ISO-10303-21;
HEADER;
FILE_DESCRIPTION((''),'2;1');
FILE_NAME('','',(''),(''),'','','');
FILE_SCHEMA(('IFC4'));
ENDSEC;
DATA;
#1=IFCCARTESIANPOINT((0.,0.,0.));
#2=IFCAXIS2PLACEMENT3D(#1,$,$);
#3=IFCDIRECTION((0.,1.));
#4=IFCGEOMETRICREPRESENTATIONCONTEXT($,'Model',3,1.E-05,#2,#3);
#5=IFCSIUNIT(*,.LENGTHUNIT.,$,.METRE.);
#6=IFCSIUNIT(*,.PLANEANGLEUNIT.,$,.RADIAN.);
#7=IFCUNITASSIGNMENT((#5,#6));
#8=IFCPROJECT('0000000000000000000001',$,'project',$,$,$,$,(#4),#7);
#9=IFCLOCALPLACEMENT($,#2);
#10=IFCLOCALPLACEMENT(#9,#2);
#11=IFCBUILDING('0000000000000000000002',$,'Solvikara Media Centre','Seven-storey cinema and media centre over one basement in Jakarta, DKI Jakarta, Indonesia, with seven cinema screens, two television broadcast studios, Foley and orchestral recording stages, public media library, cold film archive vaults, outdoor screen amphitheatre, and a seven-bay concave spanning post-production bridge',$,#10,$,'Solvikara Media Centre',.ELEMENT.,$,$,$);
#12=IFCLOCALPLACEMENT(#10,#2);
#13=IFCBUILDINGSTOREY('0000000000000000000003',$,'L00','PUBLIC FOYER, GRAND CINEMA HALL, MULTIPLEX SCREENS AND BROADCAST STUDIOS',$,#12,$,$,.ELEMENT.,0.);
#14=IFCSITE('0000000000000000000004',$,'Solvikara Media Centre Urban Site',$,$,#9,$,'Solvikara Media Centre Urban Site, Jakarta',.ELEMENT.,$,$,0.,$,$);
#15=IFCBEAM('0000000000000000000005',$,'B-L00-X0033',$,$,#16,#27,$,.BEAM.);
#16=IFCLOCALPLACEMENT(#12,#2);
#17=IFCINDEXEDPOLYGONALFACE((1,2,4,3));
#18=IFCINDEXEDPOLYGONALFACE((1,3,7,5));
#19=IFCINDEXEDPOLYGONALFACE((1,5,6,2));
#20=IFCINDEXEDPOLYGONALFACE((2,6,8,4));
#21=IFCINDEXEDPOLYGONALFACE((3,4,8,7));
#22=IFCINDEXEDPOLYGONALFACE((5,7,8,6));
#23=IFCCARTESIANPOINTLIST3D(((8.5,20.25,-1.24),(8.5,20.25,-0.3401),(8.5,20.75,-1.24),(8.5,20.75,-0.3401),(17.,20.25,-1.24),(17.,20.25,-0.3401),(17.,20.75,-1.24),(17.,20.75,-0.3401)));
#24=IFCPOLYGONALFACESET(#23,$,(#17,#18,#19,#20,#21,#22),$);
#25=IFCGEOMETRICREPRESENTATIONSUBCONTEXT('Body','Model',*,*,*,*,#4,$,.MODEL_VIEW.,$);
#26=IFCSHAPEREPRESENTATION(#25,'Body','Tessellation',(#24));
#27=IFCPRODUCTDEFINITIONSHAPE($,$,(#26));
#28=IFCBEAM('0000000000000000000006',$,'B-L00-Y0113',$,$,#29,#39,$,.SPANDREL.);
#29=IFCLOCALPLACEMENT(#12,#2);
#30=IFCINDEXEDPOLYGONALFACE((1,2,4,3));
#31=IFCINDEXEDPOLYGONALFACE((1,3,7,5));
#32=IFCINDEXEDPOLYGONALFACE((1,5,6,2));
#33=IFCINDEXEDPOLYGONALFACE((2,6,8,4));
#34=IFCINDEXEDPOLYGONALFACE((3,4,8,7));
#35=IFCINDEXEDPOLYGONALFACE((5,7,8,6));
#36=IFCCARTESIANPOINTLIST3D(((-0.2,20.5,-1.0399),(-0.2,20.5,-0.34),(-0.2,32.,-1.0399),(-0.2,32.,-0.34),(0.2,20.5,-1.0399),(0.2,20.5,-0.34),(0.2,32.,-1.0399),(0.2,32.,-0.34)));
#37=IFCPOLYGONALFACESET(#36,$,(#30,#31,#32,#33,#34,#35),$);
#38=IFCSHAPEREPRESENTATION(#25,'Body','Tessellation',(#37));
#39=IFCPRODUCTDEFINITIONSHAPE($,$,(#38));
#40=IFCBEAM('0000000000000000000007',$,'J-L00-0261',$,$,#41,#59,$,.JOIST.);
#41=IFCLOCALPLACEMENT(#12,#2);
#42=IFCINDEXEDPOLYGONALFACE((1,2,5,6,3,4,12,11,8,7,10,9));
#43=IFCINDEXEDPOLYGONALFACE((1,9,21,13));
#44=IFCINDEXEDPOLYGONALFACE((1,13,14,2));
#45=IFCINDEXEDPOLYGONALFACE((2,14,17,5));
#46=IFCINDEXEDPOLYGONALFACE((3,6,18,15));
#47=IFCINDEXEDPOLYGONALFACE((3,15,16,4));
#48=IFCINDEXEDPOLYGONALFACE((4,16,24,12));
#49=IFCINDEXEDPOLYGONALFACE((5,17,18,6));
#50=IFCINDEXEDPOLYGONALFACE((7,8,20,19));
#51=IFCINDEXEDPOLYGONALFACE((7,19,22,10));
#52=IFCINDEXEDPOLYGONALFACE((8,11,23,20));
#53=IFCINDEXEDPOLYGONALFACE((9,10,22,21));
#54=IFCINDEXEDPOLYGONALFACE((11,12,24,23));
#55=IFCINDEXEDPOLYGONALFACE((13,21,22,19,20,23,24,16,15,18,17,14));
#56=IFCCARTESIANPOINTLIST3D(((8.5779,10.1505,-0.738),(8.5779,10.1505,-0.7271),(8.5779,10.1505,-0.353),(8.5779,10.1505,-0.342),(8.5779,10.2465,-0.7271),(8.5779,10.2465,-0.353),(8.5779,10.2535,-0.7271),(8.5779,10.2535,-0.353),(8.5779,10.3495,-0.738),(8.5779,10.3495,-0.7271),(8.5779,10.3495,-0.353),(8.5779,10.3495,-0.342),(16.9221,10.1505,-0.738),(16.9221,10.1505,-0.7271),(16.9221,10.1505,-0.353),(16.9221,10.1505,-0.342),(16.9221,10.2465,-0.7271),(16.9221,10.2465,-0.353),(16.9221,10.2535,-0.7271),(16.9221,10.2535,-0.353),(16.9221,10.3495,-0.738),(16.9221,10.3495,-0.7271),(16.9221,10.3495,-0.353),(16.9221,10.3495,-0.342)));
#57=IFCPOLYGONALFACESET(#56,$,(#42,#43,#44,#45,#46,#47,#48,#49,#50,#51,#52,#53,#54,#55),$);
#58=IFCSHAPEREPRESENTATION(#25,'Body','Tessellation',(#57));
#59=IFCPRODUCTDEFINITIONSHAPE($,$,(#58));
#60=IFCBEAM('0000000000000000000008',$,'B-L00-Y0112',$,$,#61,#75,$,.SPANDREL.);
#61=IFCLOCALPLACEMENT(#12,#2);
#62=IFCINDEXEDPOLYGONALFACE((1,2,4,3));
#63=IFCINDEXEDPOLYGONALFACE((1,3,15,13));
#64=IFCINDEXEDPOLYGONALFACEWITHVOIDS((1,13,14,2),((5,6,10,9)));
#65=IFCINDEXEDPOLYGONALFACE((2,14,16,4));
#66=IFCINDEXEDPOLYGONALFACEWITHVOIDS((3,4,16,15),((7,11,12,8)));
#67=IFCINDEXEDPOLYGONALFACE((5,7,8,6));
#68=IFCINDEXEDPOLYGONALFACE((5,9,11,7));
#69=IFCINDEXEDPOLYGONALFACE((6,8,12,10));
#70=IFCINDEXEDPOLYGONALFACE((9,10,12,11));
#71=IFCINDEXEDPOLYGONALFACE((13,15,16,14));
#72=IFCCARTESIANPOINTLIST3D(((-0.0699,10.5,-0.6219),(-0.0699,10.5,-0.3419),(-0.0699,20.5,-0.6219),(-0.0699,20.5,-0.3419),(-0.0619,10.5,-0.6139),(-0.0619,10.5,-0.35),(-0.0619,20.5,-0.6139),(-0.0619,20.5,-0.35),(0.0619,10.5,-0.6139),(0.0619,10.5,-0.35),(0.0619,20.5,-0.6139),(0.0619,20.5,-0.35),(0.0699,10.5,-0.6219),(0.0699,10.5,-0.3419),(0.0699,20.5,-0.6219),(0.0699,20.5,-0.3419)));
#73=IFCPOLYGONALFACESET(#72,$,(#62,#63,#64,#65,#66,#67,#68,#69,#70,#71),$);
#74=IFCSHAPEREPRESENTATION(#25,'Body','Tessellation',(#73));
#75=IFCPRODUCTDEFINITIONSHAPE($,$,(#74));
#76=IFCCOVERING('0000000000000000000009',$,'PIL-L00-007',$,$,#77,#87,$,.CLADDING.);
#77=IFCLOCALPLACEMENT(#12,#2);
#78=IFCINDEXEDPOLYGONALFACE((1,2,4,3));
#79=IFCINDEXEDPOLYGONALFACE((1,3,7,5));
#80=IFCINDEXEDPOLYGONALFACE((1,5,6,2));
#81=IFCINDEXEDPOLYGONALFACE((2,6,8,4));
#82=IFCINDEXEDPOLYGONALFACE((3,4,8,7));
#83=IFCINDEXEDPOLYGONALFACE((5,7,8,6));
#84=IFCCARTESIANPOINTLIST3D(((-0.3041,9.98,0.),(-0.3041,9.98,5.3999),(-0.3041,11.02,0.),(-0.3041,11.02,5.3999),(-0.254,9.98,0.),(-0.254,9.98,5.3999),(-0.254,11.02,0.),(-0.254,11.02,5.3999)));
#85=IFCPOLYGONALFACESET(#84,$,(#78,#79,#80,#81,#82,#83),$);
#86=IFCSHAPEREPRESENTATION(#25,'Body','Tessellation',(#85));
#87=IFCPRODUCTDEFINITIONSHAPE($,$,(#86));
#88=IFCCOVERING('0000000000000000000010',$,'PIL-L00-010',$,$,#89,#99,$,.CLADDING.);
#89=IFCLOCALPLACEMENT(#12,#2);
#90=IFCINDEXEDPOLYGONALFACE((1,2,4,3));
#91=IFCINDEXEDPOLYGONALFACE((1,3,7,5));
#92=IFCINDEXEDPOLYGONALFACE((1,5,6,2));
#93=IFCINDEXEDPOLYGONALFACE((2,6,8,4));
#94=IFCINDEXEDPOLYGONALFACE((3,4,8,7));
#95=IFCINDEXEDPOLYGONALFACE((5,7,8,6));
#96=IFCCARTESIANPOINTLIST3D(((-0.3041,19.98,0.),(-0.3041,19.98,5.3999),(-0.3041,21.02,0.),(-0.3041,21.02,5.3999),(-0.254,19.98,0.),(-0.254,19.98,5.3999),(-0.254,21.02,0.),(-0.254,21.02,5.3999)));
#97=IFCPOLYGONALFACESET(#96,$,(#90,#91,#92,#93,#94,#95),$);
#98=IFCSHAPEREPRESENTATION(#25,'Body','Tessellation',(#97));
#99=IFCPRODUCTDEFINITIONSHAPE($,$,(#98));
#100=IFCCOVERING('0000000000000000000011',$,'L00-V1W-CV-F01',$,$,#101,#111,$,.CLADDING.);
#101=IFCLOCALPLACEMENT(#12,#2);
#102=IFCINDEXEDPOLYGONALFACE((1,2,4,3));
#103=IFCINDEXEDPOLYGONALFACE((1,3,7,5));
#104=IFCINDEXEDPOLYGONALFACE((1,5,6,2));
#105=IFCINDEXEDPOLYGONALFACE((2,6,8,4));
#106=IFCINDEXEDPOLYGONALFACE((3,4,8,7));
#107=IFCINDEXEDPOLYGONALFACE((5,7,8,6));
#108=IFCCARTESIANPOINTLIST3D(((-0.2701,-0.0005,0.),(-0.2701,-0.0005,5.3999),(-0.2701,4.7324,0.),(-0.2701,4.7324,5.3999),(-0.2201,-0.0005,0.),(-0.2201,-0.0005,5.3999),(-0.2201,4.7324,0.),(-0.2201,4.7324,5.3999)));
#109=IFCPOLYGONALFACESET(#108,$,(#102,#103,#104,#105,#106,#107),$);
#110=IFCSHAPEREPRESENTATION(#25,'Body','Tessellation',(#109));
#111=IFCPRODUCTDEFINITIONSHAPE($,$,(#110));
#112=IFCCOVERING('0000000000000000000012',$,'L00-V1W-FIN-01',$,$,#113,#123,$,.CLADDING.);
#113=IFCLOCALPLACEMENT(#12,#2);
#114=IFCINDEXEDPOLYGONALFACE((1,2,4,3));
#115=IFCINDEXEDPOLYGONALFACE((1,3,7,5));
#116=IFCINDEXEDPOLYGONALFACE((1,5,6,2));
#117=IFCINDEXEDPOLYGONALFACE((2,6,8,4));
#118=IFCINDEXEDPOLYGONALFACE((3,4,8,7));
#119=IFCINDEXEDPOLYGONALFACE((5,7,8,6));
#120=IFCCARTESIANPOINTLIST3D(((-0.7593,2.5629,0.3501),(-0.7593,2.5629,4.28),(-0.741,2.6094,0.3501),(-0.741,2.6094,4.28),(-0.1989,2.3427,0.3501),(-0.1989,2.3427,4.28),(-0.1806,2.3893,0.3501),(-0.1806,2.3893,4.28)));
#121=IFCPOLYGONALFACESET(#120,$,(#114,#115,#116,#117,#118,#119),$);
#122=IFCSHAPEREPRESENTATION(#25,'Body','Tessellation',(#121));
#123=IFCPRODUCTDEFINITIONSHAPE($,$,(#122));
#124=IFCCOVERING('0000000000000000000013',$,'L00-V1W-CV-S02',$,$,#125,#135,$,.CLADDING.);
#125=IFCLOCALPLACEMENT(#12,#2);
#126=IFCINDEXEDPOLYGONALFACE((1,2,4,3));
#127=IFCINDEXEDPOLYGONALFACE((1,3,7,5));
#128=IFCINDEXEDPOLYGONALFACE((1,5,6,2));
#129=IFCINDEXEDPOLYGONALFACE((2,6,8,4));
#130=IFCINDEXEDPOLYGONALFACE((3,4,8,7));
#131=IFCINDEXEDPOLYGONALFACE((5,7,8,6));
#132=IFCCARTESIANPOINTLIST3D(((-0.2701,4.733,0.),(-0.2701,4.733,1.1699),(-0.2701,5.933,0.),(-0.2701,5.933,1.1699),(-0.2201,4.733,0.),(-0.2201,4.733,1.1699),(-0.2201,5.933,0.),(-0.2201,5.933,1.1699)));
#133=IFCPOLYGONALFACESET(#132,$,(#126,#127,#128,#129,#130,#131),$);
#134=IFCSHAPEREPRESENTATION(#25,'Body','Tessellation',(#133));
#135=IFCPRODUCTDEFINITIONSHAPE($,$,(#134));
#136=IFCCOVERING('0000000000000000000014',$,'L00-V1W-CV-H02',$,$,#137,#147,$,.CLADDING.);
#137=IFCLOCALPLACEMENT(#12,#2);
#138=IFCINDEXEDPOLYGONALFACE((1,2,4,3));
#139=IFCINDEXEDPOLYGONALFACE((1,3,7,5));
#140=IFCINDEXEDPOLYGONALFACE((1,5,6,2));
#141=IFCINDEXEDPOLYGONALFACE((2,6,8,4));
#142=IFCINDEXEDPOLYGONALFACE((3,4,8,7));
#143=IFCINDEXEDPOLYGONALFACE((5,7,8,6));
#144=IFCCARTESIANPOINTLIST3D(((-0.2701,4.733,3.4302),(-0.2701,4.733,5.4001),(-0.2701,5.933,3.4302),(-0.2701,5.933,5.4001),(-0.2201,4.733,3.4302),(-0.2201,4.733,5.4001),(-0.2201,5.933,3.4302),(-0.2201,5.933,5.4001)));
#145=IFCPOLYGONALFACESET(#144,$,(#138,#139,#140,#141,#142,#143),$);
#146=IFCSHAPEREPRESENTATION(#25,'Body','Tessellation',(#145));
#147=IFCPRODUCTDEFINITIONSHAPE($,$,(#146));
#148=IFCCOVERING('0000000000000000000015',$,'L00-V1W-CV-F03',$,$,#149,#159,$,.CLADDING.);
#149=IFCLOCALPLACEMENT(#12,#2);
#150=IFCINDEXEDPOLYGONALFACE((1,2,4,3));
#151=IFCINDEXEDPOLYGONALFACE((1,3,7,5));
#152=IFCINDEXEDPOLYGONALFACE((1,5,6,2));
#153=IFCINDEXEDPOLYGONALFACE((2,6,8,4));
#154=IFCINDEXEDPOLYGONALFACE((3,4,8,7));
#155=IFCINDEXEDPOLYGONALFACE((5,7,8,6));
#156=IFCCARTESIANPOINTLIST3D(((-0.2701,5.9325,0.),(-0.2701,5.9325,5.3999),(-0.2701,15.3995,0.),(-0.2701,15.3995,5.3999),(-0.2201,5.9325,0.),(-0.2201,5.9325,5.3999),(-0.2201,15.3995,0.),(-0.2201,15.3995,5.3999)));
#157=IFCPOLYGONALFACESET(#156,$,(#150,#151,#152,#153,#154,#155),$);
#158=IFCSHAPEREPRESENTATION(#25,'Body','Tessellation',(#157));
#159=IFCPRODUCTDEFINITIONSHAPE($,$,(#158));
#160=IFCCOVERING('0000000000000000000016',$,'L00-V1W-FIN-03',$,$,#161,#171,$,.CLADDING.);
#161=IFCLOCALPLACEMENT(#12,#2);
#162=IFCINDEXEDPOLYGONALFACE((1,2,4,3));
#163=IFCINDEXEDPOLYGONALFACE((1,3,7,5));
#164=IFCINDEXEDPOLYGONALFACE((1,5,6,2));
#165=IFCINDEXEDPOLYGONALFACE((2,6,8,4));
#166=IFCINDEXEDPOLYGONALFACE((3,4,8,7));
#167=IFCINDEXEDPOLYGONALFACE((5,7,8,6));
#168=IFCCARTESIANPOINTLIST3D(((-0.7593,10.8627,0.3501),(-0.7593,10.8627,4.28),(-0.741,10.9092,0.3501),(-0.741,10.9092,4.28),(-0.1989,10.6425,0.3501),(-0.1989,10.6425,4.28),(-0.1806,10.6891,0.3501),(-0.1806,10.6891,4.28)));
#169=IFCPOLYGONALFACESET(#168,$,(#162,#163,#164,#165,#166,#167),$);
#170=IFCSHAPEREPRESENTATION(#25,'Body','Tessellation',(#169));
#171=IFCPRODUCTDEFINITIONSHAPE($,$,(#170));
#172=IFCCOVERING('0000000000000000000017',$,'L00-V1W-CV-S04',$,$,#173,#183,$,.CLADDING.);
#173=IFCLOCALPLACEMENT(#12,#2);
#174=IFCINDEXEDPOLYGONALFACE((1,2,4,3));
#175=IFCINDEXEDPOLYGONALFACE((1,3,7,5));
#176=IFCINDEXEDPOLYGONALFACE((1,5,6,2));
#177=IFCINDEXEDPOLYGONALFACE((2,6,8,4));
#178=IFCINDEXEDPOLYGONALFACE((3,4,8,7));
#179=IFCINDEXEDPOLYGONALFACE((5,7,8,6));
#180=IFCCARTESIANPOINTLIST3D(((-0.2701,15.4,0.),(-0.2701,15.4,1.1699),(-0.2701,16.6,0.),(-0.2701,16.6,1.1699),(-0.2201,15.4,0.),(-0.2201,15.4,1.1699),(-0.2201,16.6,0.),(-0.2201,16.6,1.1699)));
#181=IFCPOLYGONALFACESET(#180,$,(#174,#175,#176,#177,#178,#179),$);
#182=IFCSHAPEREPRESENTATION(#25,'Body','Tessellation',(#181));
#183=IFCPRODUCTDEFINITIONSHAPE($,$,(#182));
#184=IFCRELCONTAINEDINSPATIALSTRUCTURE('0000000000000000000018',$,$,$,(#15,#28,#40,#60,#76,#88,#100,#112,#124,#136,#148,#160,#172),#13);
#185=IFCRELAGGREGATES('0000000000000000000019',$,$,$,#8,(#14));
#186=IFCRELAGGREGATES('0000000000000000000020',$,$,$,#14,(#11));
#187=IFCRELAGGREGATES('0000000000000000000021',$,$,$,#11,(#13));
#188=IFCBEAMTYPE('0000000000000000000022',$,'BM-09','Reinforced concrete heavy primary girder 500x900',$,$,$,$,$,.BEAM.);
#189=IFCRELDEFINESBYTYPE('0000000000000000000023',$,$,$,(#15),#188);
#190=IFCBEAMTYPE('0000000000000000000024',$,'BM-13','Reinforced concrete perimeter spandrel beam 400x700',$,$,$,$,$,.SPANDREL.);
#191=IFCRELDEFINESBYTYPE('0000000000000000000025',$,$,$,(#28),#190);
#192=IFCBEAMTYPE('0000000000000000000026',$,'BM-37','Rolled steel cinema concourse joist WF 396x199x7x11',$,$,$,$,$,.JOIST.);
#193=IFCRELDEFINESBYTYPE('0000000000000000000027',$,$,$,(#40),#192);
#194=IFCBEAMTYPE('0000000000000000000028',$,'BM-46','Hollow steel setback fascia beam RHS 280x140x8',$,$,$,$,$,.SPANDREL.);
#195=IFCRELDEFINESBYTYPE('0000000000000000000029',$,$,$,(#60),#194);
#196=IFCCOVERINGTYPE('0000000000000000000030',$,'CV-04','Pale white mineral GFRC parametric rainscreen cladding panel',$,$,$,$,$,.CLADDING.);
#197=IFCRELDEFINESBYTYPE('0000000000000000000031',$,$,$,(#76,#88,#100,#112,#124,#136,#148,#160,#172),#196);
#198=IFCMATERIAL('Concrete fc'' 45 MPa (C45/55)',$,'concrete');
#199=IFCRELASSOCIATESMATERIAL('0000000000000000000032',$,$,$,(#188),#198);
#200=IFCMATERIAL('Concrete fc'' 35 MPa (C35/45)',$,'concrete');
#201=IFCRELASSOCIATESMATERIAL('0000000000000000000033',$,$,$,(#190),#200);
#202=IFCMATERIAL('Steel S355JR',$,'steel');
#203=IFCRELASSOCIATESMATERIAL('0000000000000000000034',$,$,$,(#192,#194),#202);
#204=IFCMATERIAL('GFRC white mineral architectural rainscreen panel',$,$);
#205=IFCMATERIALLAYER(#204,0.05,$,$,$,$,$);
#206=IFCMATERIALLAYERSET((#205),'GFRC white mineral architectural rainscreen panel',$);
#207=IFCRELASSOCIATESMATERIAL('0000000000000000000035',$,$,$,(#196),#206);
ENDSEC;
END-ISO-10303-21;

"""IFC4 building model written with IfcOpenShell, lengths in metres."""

from ifc_helpers import new_model, si_unit, direction, frame, origin, origin_2d, place, context, subcontext, project, spatial, rectangle, hollow_rectangle, i_section, extrude, material, layer, layer_set, material_profile, profile_set, type_object, element, save


model = new_model("IFC4")

# Units and contexts
model_context = context("Model", 3, precision=1e-05, world=origin(), true_north=direction((0.0, 1.0)))
body_context = subcontext(model_context, "Body", "Model", "MODEL_VIEW")
ifc_project = project(units=[si_unit("LENGTHUNIT", "METRE"), si_unit("PLANEANGLEUNIT", "RADIAN")], contexts=[model_context])

# Site, building, storey
site_placement = place(None, origin())
site = spatial("IfcSite", under=ifc_project, at=site_placement, Name="Solvikara Media Centre Urban Site", LongName="Solvikara Media Centre Urban Site, Jakarta", CompositionType="ELEMENT", RefElevation=0.0)
building_placement = place(site_placement, origin())
building = spatial("IfcBuilding", under=site, at=building_placement, Name="Solvikara Media Centre", Description="Seven-storey cinema and media centre over one basement in Jakarta, DKI Jakarta, Indonesia, with seven cinema screens, two television broadcast studios, Foley and orchestral recording stages, public media library, cold film archive vaults, outdoor screen amphitheatre, and a seven-bay concave spanning post-production bridge", LongName="Solvikara Media Centre", CompositionType="ELEMENT")
storey_placement = place(building_placement, origin())
storey = spatial("IfcBuildingStorey", under=building, at=storey_placement, Name="L00", Description="PUBLIC FOYER, GRAND CINEMA HALL, MULTIPLEX SCREENS AND BROADCAST STUDIOS", CompositionType="ELEMENT", Elevation=0.0)

# Shared definitions
ifc_material_1 = material(Name="Concrete fc' 45 MPa (C45/55)", Category="concrete")
ifc_material_2 = material(Name="Steel S355JR", Category="steel")

# Beams
ifc_material_3 = material(Name="Concrete fc' 35 MPa (C35/45)", Category="concrete")
ifc_material_profile_1 = material_profile(ifc_material_1, rectangle(XDim=0.5, YDim=0.8999, at=origin_2d()), Name="RC 500x900")
ifc_profile_set_1 = profile_set([ifc_material_profile_1], Name="Concrete fc' 45 MPa (C45/55)")
beam_type_1 = type_object("IfcBeamType", Name="BM-09", Description="Reinforced concrete heavy primary girder 500x900", PredefinedType="BEAM", material=ifc_profile_set_1)
beam_1_placement = place(storey_placement, frame((8.5, 20.5, -0.79), z_axis=(1.0, 0.0, 0.0), x_axis=(0.0, 1.0, 0.0)))
element("IfcBeam", 1, at=beam_1_placement, inside=storey, type_object=beam_type_1, Name="B-L00-X0033", PredefinedType="BEAM", context=body_context, shape_type="SweptSolid", body=[
    extrude(rectangle(XDim=0.5, YDim=0.8999, at=origin_2d()), origin(), (0.0, 0.0, 1.0), 8.5),
])
ifc_material_profile_2 = material_profile(ifc_material_3, rectangle(XDim=0.3999, YDim=0.7, at=origin_2d()), Name="RC 400x700")
ifc_profile_set_2 = profile_set([ifc_material_profile_2], Name="Concrete fc' 35 MPa (C35/45)")
beam_type_2 = type_object("IfcBeamType", Name="BM-13", Description="Reinforced concrete perimeter spandrel beam 400x700", PredefinedType="SPANDREL", material=ifc_profile_set_2)
beam_2_placement = place(storey_placement, frame((0.0, 20.5, -0.6899), z_axis=(0.0, 1.0, 0.0), x_axis=(-1.0, 0.0, 0.0)))
element("IfcBeam", 2, at=beam_2_placement, inside=storey, type_object=beam_type_2, Name="B-L00-Y0113", PredefinedType="SPANDREL", context=body_context, shape_type="SweptSolid", body=[
    extrude(rectangle(XDim=0.3999, YDim=0.7, at=origin_2d()), origin(), (0.0, 0.0, 1.0), 11.5),
])
ifc_material_profile_3 = material_profile(ifc_material_2, i_section(OverallWidth=0.199, OverallDepth=0.396, WebThickness=0.0071, FlangeThickness=0.011, at=origin_2d()), Name="WF 396x199x7x11")
ifc_profile_set_3 = profile_set([ifc_material_profile_3], Name="Steel S355JR")
beam_type_3 = type_object("IfcBeamType", Name="BM-37", Description="Rolled steel cinema concourse joist WF 396x199x7x11", PredefinedType="JOIST", material=ifc_profile_set_3)
beam_3_placement = place(storey_placement, frame((8.5779, 10.25, -0.54), z_axis=(1.0, 0.0, 0.0), x_axis=(0.0, 1.0, 0.0)))
element("IfcBeam", 3, at=beam_3_placement, inside=storey, type_object=beam_type_3, Name="J-L00-0261", PredefinedType="JOIST", context=body_context, shape_type="SweptSolid", body=[
    extrude(i_section(OverallWidth=0.199, OverallDepth=0.396, WebThickness=0.0071, FlangeThickness=0.011, at=origin_2d()), origin(), (0.0, 0.0, 1.0), 8.3442),
])
ifc_material_profile_4 = material_profile(ifc_material_2, hollow_rectangle(XDim=0.1399, YDim=0.28, WallThickness=0.0081, at=origin_2d()), Name="RHS 280x140x8")
ifc_profile_set_4 = profile_set([ifc_material_profile_4], Name="Steel S355JR")
beam_type_4 = type_object("IfcBeamType", Name="BM-46", Description="Hollow steel setback fascia beam RHS 280x140x8", PredefinedType="SPANDREL", material=ifc_profile_set_4)
beam_4_placement = place(storey_placement, frame((0.0, 10.5, -0.4819), z_axis=(0.0, 1.0, 0.0), x_axis=(-1.0, 0.0, 0.0)))
element("IfcBeam", 4, at=beam_4_placement, inside=storey, type_object=beam_type_4, Name="B-L00-Y0112", PredefinedType="SPANDREL", context=body_context, shape_type="SweptSolid", body=[
    extrude(hollow_rectangle(XDim=0.1399, YDim=0.28, WallThickness=0.0081, at=origin_2d()), origin(), (0.0, 0.0, 1.0), 10.0),
])

# Coverings
ifc_material_4 = material(Name="GFRC white mineral architectural rainscreen panel")
ifc_layer = layer(ifc_material_4, 0.05)
ifc_layer_set = layer_set([ifc_layer], Name="GFRC white mineral architectural rainscreen panel")
covering_type = type_object("IfcCoveringType", Name="CV-04", Description="Pale white mineral GFRC parametric rainscreen cladding panel", PredefinedType="CLADDING", material=ifc_layer_set)
for number, where, z_axis, x_axis, name in (
    (5, (-0.2791, 10.5, 0.0), (0.0, 0.0, 1.0), (0.0, -1.0, 0.0), "PIL-L00-007"),
    (6, (-0.2791, 20.5, 0.0), (0.0, 0.0, 1.0), (0.0, -1.0, 0.0), "PIL-L00-010"),
):
    element("IfcCovering", number, at=place(storey_placement, frame(where, z_axis=z_axis, x_axis=x_axis)), inside=storey, type_object=covering_type, Name=name, PredefinedType="CLADDING", context=body_context, shape_type="SweptSolid", body=[
        extrude(rectangle(XDim=1.04, YDim=0.05, at=origin_2d()), origin(), (0.0, 0.0, 1.0), 5.3999),
    ])
covering_1_placement = place(storey_placement, frame((-0.2451, 2.366, 0.0), z_axis=(0.0, 0.0, 1.0), x_axis=(0.0, 1.0, 0.0)))
element("IfcCovering", 7, at=covering_1_placement, inside=storey, type_object=covering_type, Name="L00-V1W-CV-F01", PredefinedType="CLADDING", context=body_context, shape_type="SweptSolid", body=[
    extrude(rectangle(XDim=4.7329, YDim=0.05, at=origin_2d()), origin(), (0.0, 0.0, 1.0), 5.3999),
])
covering_2_placement = place(storey_placement, frame((-0.47, 2.4761, 0.3501), z_axis=(0.0, 0.0, 1.0), x_axis=(-0.93075, 0.365657, 0.0)))
element("IfcCovering", 8, at=covering_2_placement, inside=storey, type_object=covering_type, Name="L00-V1W-FIN-01", PredefinedType="CLADDING", context=body_context, shape_type="SweptSolid", body=[
    extrude(rectangle(XDim=0.6021, YDim=0.05, at=origin_2d()), origin(), (0.0, 0.0, 1.0), 3.9299),
])
covering_3_placement = place(storey_placement, frame((-0.2451, 5.333, 0.0), z_axis=(0.0, 0.0, 1.0), x_axis=(0.0, 1.0, 0.0)))
element("IfcCovering", 9, at=covering_3_placement, inside=storey, type_object=covering_type, Name="L00-V1W-CV-S02", PredefinedType="CLADDING", context=body_context, shape_type="SweptSolid", body=[
    extrude(rectangle(XDim=1.2, YDim=0.05, at=origin_2d()), origin(), (0.0, 0.0, 1.0), 1.1699),
])
covering_4_placement = place(storey_placement, frame((-0.2451, 5.333, 3.4302), z_axis=(0.0, 0.0, 1.0), x_axis=(0.0, 1.0, 0.0)))
element("IfcCovering", 10, at=covering_4_placement, inside=storey, type_object=covering_type, Name="L00-V1W-CV-H02", PredefinedType="CLADDING", context=body_context, shape_type="SweptSolid", body=[
    extrude(rectangle(XDim=1.2, YDim=0.05, at=origin_2d()), origin(), (0.0, 0.0, 1.0), 1.97),
])
covering_5_placement = place(storey_placement, frame((-0.2451, 10.666, 0.0), z_axis=(0.0, 0.0, 1.0), x_axis=(0.0, 1.0, 0.0)))
element("IfcCovering", 11, at=covering_5_placement, inside=storey, type_object=covering_type, Name="L00-V1W-CV-F03", PredefinedType="CLADDING", context=body_context, shape_type="SweptSolid", body=[
    extrude(rectangle(XDim=9.467, YDim=0.05, at=origin_2d()), origin(), (0.0, 0.0, 1.0), 5.3999),
])
covering_6_placement = place(storey_placement, frame((-0.47, 10.7759, 0.3501), z_axis=(0.0, 0.0, 1.0), x_axis=(-0.93075, 0.365657, 0.0)))
element("IfcCovering", 12, at=covering_6_placement, inside=storey, type_object=covering_type, Name="L00-V1W-FIN-03", PredefinedType="CLADDING", context=body_context, shape_type="SweptSolid", body=[
    extrude(rectangle(XDim=0.6021, YDim=0.05, at=origin_2d()), origin(), (0.0, 0.0, 1.0), 3.9299),
])
covering_7_placement = place(storey_placement, frame((-0.2451, 16.0, 0.0), z_axis=(0.0, 0.0, 1.0), x_axis=(0.0, 1.0, 0.0)))
element("IfcCovering", 13, at=covering_7_placement, inside=storey, type_object=covering_type, Name="L00-V1W-CV-S04", PredefinedType="CLADDING", context=body_context, shape_type="SweptSolid", body=[
    extrude(rectangle(XDim=1.2, YDim=0.05, at=origin_2d()), origin(), (0.0, 0.0, 1.0), 1.1699),
])

save(model, "model.ifc")
